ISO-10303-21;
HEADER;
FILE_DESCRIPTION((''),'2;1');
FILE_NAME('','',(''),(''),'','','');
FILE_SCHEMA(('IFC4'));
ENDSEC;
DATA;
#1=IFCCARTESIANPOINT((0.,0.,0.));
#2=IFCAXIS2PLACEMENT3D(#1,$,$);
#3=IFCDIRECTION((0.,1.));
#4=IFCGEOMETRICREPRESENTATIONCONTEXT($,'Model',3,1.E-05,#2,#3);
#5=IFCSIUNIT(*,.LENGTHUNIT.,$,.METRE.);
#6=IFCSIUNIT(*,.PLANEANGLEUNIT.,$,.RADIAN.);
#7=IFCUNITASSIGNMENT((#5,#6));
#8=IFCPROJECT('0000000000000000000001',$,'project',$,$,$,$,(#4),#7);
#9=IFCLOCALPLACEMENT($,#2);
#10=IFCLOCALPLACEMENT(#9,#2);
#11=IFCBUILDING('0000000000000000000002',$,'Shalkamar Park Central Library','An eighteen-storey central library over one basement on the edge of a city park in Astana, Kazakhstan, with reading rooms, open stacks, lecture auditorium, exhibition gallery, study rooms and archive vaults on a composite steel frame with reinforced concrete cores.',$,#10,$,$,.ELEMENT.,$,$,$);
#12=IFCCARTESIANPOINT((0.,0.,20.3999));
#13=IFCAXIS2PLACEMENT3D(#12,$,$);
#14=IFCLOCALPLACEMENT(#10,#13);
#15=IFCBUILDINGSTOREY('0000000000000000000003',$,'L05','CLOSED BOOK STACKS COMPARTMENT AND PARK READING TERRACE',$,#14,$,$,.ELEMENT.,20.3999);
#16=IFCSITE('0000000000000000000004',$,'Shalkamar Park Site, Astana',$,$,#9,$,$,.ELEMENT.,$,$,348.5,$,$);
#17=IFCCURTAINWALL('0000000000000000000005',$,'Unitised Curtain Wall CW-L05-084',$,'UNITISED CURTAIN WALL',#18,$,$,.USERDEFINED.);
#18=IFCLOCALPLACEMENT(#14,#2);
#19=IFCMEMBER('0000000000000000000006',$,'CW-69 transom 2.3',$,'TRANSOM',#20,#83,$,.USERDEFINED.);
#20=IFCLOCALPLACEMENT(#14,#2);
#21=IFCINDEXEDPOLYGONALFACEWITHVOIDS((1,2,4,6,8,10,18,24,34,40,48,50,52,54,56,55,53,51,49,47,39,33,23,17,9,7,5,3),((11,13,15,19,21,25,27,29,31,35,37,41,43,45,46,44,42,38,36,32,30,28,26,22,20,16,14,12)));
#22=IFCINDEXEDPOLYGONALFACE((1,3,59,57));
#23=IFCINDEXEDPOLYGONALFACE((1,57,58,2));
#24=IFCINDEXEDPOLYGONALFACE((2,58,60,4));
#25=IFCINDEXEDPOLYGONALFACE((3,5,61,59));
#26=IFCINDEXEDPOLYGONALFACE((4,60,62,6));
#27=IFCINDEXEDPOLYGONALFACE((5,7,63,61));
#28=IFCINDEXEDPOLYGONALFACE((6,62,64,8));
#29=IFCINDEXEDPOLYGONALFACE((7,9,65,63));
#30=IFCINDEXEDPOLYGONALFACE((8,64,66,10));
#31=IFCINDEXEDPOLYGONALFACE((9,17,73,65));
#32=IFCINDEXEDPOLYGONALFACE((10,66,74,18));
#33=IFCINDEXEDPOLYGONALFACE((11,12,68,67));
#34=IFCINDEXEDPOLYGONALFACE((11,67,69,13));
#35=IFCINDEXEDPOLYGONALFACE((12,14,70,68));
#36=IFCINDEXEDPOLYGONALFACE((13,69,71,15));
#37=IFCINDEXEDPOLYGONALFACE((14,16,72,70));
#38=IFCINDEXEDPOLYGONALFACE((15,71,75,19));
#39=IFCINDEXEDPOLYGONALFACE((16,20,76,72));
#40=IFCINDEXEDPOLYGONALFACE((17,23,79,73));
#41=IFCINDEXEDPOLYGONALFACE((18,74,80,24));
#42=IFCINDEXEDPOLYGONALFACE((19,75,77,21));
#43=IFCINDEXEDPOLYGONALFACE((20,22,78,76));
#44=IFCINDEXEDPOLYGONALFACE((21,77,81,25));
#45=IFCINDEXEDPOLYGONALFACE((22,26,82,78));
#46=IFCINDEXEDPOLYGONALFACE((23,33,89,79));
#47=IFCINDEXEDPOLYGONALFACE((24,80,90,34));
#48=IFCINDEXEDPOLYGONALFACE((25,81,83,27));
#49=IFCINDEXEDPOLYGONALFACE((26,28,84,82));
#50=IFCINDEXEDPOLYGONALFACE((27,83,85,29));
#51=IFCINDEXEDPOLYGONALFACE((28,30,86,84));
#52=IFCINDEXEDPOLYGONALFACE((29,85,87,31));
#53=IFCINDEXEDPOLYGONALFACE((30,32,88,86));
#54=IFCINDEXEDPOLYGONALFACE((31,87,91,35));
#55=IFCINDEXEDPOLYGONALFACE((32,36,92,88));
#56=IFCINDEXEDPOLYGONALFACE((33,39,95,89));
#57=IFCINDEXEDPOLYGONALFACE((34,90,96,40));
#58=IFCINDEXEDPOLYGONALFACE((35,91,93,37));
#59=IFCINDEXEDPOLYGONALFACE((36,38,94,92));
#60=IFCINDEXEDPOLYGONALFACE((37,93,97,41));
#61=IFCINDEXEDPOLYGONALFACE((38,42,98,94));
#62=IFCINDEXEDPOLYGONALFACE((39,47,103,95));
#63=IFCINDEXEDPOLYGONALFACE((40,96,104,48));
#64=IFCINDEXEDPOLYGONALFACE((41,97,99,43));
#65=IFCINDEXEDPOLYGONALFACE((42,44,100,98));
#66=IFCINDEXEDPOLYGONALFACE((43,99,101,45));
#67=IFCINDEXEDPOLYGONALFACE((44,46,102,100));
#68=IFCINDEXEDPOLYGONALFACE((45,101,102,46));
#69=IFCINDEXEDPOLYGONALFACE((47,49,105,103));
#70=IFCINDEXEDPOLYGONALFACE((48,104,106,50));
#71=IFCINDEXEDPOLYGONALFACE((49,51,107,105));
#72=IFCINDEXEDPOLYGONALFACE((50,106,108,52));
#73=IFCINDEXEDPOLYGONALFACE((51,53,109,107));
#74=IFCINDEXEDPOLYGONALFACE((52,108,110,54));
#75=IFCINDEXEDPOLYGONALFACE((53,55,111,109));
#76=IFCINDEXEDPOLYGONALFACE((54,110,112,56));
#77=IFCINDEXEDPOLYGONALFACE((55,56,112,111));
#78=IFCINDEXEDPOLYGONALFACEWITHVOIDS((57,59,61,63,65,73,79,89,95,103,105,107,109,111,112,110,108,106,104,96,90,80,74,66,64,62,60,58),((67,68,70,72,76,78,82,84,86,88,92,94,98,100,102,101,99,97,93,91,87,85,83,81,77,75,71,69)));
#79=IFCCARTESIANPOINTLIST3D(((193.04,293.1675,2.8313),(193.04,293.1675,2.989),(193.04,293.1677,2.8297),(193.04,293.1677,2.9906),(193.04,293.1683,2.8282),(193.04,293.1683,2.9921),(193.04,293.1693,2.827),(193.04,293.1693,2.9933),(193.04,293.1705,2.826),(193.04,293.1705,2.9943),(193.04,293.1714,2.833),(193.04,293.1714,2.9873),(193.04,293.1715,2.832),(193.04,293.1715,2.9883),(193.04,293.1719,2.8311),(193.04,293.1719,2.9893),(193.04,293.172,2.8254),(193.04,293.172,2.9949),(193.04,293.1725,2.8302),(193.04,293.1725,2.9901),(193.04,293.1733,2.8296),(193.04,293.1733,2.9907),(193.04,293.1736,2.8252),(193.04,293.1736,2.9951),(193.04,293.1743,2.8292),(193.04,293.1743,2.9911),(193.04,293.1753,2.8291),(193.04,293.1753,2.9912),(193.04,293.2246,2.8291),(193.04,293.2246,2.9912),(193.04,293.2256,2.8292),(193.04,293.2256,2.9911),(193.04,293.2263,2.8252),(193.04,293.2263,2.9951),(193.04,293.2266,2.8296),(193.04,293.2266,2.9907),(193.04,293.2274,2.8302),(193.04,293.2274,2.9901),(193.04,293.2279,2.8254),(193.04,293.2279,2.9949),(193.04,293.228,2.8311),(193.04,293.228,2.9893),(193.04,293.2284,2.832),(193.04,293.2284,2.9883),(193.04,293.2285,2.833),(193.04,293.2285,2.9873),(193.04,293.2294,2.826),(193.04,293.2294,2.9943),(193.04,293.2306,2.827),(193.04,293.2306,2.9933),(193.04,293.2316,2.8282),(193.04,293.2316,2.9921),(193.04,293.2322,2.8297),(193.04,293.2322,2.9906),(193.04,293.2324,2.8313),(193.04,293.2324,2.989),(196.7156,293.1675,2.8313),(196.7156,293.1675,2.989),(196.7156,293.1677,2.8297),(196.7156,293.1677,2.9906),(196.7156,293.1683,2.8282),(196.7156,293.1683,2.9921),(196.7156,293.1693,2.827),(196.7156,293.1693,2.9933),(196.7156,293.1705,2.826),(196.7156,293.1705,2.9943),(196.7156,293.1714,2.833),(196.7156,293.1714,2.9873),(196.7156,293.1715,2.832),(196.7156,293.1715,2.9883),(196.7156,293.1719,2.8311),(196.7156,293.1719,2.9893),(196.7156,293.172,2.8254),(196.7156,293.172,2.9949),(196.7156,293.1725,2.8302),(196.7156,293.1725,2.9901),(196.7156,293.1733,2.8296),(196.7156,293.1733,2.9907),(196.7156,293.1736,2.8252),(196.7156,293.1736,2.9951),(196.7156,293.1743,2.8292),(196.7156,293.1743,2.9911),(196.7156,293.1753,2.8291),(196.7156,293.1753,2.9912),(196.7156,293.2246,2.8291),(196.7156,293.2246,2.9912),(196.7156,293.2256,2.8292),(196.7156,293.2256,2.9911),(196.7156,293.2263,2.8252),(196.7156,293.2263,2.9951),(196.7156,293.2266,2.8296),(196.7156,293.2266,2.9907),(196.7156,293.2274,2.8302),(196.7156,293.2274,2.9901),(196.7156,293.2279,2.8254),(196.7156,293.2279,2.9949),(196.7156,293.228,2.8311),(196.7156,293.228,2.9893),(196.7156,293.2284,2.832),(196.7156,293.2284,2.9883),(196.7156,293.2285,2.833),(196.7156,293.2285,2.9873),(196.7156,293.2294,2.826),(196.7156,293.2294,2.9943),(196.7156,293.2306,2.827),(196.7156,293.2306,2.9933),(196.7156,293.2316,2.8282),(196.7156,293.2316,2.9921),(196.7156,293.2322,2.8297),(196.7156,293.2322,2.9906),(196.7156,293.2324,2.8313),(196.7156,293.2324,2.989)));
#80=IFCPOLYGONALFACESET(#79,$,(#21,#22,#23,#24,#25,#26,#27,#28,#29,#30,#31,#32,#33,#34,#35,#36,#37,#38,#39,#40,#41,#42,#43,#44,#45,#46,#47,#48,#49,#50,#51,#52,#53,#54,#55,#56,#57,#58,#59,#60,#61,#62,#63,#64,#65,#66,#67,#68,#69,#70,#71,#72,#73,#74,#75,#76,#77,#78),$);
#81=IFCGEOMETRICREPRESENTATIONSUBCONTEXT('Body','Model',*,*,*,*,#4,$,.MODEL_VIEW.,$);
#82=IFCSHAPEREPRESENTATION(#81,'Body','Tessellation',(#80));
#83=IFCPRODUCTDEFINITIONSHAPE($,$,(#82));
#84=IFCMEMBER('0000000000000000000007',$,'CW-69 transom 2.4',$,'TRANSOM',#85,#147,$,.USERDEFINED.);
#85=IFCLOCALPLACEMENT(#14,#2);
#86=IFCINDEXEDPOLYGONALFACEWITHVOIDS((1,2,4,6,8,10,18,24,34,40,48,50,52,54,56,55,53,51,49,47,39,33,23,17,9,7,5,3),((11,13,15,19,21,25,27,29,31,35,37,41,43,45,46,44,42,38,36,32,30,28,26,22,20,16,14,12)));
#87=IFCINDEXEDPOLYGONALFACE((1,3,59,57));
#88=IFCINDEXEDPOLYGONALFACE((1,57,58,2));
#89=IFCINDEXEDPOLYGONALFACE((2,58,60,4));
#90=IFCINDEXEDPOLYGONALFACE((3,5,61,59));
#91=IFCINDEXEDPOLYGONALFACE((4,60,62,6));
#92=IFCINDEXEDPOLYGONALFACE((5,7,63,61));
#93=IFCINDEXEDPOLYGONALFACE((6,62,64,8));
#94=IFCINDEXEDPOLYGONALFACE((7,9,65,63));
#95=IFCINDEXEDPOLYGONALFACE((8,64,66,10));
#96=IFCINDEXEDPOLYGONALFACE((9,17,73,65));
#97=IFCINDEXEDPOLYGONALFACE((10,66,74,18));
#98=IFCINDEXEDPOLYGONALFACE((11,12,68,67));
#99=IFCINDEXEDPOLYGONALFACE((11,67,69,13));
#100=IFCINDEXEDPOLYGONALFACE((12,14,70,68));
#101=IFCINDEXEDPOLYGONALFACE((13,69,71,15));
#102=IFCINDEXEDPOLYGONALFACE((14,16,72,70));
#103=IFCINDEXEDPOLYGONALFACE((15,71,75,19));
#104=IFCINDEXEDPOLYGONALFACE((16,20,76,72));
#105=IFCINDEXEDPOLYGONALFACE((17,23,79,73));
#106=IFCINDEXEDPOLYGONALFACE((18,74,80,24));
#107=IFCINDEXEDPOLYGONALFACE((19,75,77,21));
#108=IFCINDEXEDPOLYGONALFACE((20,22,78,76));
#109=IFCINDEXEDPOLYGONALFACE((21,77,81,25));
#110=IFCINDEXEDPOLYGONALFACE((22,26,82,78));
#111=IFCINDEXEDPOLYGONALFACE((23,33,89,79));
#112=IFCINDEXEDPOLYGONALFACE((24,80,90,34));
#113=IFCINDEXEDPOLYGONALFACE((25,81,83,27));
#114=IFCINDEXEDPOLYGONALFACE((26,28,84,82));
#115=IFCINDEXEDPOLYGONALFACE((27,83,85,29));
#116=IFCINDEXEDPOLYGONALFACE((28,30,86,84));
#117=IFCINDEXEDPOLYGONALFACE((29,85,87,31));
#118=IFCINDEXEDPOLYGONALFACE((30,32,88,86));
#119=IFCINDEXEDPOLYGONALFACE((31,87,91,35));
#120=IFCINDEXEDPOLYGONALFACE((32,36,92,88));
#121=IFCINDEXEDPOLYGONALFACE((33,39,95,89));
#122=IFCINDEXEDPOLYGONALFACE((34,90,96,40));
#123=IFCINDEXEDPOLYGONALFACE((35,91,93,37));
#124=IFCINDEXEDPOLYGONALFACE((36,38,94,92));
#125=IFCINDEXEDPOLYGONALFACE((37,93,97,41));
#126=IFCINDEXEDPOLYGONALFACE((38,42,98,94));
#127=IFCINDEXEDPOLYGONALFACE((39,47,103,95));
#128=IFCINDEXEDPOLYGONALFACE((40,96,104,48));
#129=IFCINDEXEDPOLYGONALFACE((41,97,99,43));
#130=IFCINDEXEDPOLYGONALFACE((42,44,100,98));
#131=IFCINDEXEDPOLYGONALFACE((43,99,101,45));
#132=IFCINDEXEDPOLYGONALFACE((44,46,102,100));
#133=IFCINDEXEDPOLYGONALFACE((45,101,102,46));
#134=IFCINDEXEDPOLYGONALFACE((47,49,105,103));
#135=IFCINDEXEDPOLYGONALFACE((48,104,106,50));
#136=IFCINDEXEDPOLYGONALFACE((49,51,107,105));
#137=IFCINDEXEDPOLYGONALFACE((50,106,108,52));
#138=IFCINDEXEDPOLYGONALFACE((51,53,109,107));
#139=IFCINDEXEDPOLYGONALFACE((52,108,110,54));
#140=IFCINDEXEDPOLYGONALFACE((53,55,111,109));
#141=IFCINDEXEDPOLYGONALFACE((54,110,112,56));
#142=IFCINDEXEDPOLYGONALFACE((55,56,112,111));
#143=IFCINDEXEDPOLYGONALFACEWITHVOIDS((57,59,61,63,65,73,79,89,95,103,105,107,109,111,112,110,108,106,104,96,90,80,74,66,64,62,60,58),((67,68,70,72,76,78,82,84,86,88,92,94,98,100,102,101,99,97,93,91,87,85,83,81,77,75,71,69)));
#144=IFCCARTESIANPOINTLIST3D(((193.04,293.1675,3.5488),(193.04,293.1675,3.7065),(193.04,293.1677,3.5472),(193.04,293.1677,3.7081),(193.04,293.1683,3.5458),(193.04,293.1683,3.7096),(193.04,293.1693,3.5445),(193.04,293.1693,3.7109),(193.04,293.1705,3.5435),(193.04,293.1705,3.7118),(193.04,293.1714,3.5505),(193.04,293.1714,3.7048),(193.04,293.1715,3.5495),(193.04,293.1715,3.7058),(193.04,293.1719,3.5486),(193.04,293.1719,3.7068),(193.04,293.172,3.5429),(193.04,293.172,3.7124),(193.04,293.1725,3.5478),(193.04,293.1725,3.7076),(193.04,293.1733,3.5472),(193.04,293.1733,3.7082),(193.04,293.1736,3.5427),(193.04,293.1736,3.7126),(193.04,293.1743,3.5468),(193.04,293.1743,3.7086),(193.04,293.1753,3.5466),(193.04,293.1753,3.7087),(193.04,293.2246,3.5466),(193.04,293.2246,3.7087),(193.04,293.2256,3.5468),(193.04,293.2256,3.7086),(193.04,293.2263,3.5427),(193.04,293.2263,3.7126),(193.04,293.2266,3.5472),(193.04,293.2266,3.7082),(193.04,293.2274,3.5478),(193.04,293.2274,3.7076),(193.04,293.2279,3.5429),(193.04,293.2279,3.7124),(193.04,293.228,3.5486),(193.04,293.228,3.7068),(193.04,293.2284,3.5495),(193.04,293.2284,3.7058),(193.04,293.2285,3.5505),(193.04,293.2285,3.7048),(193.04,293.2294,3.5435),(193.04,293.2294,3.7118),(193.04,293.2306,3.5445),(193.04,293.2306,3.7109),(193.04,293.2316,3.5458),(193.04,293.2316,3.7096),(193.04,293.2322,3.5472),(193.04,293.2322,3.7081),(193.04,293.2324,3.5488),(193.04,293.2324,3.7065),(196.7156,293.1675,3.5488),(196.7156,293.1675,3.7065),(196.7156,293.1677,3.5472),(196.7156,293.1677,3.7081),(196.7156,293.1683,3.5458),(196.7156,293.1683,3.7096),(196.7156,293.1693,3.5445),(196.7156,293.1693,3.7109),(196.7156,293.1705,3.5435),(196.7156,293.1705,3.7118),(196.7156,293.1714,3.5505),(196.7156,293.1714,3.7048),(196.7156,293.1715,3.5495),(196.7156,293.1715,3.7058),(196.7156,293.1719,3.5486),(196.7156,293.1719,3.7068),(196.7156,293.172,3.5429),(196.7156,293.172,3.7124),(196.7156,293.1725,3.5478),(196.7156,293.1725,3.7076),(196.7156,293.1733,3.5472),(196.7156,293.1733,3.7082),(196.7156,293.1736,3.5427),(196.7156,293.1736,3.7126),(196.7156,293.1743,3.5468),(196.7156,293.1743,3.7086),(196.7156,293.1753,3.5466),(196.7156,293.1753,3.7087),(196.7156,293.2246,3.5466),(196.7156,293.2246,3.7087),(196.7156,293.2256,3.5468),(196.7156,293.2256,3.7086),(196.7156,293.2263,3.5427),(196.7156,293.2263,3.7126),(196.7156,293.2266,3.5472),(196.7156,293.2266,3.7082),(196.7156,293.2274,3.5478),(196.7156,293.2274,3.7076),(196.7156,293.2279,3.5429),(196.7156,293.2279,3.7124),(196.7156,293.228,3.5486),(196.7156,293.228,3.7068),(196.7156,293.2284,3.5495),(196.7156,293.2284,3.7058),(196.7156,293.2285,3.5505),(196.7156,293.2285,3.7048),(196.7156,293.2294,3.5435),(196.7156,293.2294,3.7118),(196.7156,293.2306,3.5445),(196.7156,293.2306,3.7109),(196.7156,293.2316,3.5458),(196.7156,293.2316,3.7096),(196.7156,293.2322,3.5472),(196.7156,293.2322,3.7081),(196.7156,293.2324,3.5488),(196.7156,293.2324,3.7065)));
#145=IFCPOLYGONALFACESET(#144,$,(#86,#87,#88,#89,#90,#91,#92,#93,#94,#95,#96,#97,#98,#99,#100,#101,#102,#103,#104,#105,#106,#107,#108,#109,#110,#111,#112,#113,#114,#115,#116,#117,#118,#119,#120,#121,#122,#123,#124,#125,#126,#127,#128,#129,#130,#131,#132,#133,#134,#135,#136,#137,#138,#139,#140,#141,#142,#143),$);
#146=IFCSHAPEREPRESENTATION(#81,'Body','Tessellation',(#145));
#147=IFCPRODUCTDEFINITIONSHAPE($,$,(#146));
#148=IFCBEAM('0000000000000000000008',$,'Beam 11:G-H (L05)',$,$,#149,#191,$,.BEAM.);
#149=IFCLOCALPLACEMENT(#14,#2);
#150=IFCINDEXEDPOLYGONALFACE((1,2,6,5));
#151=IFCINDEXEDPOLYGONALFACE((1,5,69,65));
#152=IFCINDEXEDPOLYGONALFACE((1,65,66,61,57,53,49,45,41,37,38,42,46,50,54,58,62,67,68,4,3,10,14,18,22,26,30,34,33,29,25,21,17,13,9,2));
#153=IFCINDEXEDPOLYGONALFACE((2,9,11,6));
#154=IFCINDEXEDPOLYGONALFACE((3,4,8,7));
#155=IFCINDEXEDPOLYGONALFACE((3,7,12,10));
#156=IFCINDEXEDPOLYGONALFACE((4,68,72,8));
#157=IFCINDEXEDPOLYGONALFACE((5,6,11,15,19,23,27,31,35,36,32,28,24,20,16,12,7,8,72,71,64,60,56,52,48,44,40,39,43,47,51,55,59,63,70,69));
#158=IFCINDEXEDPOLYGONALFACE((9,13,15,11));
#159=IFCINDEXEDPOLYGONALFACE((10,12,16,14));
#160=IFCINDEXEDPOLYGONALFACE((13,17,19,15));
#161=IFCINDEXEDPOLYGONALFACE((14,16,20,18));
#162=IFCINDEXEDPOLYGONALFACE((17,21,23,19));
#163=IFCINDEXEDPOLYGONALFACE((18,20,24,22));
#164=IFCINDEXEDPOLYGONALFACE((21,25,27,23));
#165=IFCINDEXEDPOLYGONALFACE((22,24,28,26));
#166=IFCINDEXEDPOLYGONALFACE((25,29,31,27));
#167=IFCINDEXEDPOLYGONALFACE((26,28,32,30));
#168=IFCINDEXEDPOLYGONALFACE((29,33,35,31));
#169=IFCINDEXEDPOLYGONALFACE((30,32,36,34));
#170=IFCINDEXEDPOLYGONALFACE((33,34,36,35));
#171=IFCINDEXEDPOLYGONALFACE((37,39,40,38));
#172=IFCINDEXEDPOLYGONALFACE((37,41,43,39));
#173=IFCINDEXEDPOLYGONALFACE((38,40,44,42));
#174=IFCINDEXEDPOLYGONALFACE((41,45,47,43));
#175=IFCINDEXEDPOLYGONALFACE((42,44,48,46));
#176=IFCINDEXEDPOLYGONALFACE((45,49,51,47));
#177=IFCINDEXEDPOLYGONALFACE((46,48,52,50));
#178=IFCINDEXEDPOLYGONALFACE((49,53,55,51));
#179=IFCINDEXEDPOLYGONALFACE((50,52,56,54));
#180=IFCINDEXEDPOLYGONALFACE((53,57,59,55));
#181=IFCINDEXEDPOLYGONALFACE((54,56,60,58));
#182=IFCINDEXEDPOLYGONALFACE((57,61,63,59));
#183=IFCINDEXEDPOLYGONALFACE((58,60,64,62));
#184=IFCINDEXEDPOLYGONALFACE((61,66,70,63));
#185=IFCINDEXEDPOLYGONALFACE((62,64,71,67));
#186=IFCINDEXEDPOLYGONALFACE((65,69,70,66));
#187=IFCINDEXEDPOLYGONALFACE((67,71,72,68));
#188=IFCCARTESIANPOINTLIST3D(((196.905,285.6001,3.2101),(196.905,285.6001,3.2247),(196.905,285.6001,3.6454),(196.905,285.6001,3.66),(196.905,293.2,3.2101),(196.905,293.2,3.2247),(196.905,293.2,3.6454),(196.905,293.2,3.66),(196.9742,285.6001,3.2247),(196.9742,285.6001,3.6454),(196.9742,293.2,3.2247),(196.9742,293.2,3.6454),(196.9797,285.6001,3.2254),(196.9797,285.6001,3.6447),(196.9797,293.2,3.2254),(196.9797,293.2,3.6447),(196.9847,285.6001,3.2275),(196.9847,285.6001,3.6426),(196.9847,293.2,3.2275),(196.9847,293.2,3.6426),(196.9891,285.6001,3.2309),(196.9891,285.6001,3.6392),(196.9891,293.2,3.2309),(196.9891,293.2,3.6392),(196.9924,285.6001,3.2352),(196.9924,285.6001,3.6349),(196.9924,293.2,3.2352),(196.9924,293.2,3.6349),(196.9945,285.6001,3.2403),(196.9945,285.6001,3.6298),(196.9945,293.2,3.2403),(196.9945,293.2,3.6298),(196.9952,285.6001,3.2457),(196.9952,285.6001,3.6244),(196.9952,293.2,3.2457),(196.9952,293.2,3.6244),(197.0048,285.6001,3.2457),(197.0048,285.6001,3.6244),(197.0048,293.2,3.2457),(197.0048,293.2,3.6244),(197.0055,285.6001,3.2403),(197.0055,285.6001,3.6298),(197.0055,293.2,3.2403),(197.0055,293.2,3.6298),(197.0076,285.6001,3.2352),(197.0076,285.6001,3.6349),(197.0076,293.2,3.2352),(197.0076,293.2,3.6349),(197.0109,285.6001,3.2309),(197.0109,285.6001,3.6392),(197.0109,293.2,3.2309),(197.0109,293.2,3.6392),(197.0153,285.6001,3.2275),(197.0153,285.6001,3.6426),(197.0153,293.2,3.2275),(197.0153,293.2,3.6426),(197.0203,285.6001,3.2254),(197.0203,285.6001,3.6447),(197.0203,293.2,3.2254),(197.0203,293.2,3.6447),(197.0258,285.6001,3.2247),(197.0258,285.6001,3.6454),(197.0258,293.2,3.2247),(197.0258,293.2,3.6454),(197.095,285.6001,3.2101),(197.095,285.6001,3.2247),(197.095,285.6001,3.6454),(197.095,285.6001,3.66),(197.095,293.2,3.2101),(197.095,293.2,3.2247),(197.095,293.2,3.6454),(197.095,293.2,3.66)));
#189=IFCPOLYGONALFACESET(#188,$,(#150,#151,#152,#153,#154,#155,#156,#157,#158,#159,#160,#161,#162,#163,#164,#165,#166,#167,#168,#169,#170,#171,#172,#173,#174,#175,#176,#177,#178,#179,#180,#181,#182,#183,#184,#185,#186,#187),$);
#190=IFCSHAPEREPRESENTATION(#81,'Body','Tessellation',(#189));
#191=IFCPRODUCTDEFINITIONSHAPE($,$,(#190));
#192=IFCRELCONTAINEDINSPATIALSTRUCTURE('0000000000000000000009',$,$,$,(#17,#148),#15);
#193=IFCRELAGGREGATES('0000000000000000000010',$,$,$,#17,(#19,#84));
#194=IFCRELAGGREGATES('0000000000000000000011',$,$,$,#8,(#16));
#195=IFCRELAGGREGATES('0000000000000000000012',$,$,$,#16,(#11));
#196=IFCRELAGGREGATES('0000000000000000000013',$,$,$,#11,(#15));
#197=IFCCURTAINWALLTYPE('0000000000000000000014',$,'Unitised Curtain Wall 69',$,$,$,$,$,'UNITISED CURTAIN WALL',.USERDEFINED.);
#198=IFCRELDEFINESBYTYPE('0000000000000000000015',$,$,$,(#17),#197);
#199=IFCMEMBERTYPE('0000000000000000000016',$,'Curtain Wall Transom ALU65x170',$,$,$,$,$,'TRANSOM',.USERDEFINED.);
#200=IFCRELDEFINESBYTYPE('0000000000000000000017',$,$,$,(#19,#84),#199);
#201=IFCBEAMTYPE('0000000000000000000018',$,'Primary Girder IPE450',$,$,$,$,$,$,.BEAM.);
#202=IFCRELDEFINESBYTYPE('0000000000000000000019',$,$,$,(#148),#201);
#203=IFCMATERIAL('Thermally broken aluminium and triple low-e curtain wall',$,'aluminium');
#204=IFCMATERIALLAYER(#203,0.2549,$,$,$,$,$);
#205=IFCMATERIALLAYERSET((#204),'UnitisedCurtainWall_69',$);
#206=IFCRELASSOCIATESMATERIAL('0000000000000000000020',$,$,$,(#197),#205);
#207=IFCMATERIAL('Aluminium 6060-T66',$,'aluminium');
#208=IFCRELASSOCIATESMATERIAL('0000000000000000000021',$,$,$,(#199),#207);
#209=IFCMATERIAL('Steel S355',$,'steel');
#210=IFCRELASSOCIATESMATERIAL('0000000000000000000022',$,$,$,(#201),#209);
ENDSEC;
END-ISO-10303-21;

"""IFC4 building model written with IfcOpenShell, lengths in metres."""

from ifc_helpers import new_model, si_unit, direction, frame, origin, origin_2d, place, context, subcontext, project, spatial, hollow_rectangle, i_section, extrude, material, layer, layer_set, material_profile, profile_set, type_object, element, aggregate, save


model = new_model("IFC4")

# Units and contexts
model_context = context("Model", 3, precision=1e-05, world=origin(), true_north=direction((0.0, 1.0)))
body_context = subcontext(model_context, "Body", "Model", "MODEL_VIEW")
ifc_project = project(units=[si_unit("LENGTHUNIT", "METRE"), si_unit("PLANEANGLEUNIT", "RADIAN")], contexts=[model_context])

# Site, building, storey
site_placement = place(None, origin())
site = spatial("IfcSite", under=ifc_project, at=site_placement, Name="Shalkamar Park Site, Astana", CompositionType="ELEMENT", RefElevation=348.5)
building_placement = place(site_placement, origin())
building = spatial("IfcBuilding", under=site, at=building_placement, Name="Shalkamar Park Central Library", Description="An eighteen-storey central library over one basement on the edge of a city park in Astana, Kazakhstan, with reading rooms, open stacks, lecture auditorium, exhibition gallery, study rooms and archive vaults on a composite steel frame with reinforced concrete cores.", CompositionType="ELEMENT")
storey_placement = place(building_placement, frame((0.0, 0.0, 20.3999)))
storey = spatial("IfcBuildingStorey", under=building, at=storey_placement, Name="L05", Description="CLOSED BOOK STACKS COMPARTMENT AND PARK READING TERRACE", CompositionType="ELEMENT", Elevation=20.3999)

# Shared definitions
ifc_material_1 = material(Name="Steel S355", Category="steel")

# Curtain wall, members
ifc_material_2 = material(Name="Thermally broken aluminium and triple low-e curtain wall", Category="aluminium")
ifc_layer_1 = layer(ifc_material_2, 0.2549)
ifc_layer_set_1 = layer_set([ifc_layer_1], Name="UnitisedCurtainWall_69")
curtain_wall_type = type_object("IfcCurtainWallType", Name="Unitised Curtain Wall 69", ElementType="UNITISED CURTAIN WALL", PredefinedType="USERDEFINED", material=ifc_layer_set_1)
curtain_wall_placement = place(storey_placement, origin())
curtain_wall = element("IfcCurtainWall", 1, at=curtain_wall_placement, inside=storey, type_object=curtain_wall_type, Name="Unitised Curtain Wall CW-L05-084", ObjectType="UNITISED CURTAIN WALL", PredefinedType="USERDEFINED")
ifc_material_3 = material(Name="Aluminium 6060-T66", Category="aluminium")
ifc_material_profile_1 = material_profile(ifc_material_3, hollow_rectangle(XDim=0.0649, YDim=0.1699, WallThickness=0.0039, InnerFilletRadius=0.0039, OuterFilletRadius=0.0061, at=origin_2d()), Name="ALU 65x170x4")
ifc_profile_set_1 = profile_set([ifc_material_profile_1], Name="Aluminium 6060-T66")
member_type_1 = type_object("IfcMemberType", Name="Curtain Wall Transom ALU65x170", ElementType="TRANSOM", PredefinedType="USERDEFINED", material=ifc_profile_set_1)
member_1_placement = place(storey_placement, frame((193.04, 293.2, 2.9102), z_axis=(1.0, 0.0, 0.0), x_axis=(0.0, 1.0, 0.0)))
member_1 = element("IfcMember", 2, at=member_1_placement, type_object=member_type_1, Name="CW-69 transom 2.3", ObjectType="TRANSOM", PredefinedType="USERDEFINED", context=body_context, shape_type="SweptSolid", body=[
    extrude(hollow_rectangle(XDim=0.0649, YDim=0.1699, WallThickness=0.0039, InnerFilletRadius=0.0039, OuterFilletRadius=0.0061, at=origin_2d()), origin(), (0.0, 0.0, 1.0), 3.6755),
])
member_2_placement = place(storey_placement, frame((193.04, 293.2, 3.6277), z_axis=(1.0, 0.0, 0.0), x_axis=(0.0, 1.0, 0.0)))
member_2 = element("IfcMember", 3, at=member_2_placement, type_object=member_type_1, Name="CW-69 transom 2.4", ObjectType="TRANSOM", PredefinedType="USERDEFINED", context=body_context, shape_type="SweptSolid", body=[
    extrude(hollow_rectangle(XDim=0.0649, YDim=0.1699, WallThickness=0.0039, InnerFilletRadius=0.0039, OuterFilletRadius=0.0061, at=origin_2d()), origin(), (0.0, 0.0, 1.0), 3.6755),
])

# Beam
ifc_material_profile_2 = material_profile(ifc_material_1, i_section(OverallWidth=0.1899, OverallDepth=0.45, WebThickness=0.0095, FlangeThickness=0.0146, FilletRadius=0.021, at=origin_2d()), Name="IPE 450")
ifc_profile_set_2 = profile_set([ifc_material_profile_2], Name="Steel S355")
beam_type_1 = type_object("IfcBeamType", Name="Primary Girder IPE450", PredefinedType="BEAM", material=ifc_profile_set_2)
for number, where, z_axis, x_axis, name in (
    (4, (197.0, 285.6001, 3.4351), (0.0, 1.0, 0.0), (-1.0, 0.0, 0.0), "Beam 11:G-H (L05)"),
):
    element("IfcBeam", number, at=place(storey_placement, frame(where, z_axis=z_axis, x_axis=x_axis)), inside=storey, type_object=beam_type_1, Name=name, PredefinedType="BEAM", context=body_context, shape_type="SweptSolid", body=[
        extrude(i_section(OverallWidth=0.1899, OverallDepth=0.45, WebThickness=0.0095, FlangeThickness=0.0146, FilletRadius=0.021, at=origin_2d()), origin(), (0.0, 0.0, 1.0), 7.5999),
    ])

aggregate(curtain_wall, [member_1, member_2])

save(model, "model.ifc")
